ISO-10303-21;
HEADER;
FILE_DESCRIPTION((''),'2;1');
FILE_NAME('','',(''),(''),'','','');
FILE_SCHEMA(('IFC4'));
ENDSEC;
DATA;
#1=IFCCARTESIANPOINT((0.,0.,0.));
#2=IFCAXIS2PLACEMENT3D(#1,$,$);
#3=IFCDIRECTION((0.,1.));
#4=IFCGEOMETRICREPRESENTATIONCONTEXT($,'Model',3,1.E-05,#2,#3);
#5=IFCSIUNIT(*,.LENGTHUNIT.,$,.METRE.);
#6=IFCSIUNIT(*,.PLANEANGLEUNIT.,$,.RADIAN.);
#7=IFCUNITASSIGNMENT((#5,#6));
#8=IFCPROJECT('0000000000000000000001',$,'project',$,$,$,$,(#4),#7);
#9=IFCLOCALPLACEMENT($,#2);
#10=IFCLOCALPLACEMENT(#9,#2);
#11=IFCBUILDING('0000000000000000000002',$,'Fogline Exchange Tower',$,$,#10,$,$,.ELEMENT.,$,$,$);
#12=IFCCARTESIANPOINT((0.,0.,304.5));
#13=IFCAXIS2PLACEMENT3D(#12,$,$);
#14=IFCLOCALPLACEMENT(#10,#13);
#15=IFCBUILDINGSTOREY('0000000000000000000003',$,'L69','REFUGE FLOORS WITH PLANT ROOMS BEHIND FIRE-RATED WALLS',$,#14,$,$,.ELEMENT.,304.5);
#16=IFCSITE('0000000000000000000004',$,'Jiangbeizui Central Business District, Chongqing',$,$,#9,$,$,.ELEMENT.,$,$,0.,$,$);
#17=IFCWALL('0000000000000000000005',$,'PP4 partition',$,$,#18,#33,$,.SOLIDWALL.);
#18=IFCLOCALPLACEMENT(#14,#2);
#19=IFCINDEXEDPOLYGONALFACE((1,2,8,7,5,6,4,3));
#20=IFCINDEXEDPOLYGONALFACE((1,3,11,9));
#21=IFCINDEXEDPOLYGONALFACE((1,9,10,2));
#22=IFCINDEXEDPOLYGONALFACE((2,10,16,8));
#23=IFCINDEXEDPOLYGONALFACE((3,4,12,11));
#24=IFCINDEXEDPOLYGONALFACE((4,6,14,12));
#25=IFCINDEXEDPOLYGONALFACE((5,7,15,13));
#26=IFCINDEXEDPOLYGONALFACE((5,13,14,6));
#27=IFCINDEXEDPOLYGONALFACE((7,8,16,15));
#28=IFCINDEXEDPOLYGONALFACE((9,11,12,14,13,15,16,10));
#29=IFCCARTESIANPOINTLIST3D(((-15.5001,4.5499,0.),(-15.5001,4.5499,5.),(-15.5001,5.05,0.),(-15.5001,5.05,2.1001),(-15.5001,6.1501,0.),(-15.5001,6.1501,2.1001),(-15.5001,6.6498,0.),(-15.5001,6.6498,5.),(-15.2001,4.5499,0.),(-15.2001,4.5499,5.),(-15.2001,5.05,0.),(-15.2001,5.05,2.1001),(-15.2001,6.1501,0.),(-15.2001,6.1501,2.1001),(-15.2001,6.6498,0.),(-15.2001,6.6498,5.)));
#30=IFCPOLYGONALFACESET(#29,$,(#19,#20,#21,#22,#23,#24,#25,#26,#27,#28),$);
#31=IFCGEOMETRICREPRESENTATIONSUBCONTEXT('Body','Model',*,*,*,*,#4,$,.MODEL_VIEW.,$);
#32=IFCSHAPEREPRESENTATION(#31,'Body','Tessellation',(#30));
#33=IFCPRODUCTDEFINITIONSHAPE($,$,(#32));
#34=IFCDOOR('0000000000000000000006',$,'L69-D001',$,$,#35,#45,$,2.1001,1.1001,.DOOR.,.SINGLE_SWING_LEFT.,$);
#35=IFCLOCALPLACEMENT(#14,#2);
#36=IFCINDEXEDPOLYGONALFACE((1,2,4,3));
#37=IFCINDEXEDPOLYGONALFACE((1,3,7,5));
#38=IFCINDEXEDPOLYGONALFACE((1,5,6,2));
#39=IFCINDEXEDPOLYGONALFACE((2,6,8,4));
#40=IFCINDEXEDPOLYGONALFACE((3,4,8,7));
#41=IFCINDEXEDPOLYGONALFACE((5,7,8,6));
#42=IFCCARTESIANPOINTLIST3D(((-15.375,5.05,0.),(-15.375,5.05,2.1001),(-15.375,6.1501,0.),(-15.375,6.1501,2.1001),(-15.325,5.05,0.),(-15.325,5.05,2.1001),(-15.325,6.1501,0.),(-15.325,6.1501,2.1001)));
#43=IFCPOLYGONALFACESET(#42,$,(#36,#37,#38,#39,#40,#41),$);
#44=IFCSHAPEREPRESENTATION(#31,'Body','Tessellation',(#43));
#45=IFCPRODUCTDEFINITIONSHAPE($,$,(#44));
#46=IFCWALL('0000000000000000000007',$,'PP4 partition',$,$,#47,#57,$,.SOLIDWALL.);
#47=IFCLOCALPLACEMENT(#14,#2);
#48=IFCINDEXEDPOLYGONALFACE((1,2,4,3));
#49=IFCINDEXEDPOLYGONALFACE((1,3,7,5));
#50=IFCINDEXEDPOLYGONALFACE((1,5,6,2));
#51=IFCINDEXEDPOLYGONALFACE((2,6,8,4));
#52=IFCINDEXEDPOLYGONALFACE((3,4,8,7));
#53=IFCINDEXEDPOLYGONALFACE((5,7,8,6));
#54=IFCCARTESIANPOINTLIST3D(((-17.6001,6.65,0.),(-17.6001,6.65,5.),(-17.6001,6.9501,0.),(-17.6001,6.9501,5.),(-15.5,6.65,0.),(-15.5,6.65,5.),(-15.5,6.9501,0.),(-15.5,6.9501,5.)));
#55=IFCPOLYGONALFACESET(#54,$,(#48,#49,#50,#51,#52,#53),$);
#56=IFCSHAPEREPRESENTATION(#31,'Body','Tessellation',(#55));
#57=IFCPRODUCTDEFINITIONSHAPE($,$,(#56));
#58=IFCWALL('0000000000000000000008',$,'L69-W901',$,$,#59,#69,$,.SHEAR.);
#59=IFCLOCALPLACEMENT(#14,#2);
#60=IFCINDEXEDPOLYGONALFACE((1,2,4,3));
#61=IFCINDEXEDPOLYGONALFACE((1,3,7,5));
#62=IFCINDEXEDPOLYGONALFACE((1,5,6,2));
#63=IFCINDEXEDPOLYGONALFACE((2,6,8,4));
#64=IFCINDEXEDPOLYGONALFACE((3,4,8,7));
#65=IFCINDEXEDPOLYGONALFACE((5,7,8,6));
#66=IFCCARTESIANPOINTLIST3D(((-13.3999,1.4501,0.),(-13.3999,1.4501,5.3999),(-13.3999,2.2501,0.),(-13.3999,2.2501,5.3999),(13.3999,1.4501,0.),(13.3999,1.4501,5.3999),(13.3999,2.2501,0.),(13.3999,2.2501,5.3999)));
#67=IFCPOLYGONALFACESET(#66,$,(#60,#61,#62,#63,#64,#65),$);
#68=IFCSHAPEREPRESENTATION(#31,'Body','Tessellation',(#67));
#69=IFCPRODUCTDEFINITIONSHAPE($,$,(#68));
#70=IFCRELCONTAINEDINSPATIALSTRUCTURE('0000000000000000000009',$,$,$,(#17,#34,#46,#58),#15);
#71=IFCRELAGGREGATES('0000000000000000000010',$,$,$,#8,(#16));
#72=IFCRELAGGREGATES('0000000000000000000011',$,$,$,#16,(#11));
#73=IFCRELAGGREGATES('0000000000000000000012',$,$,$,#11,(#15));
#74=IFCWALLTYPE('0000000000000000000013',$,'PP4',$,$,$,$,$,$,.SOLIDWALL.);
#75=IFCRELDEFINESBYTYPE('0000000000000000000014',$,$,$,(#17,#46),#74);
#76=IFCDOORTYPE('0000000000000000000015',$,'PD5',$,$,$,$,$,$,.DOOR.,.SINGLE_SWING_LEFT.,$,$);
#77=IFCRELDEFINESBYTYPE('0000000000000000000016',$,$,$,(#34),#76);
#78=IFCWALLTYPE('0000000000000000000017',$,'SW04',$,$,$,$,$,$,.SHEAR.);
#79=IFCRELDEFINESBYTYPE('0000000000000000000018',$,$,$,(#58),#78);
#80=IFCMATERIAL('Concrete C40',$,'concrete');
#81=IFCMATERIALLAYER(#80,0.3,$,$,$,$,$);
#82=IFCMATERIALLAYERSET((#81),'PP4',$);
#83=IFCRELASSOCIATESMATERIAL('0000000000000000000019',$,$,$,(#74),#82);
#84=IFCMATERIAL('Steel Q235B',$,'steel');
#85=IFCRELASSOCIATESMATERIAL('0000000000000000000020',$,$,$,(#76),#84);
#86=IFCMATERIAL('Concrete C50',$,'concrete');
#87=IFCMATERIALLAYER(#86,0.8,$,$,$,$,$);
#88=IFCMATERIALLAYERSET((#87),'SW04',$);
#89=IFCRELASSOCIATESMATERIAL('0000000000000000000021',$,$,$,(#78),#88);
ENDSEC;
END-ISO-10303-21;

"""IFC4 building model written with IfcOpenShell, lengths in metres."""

from ifc_helpers import new_model, si_unit, direction, frame, frame_2d, origin, place, context, subcontext, project, spatial, rectangle, extrude, material, layer, layer_set, type_object, element, fill, save


model = new_model("IFC4")

# Units and contexts
model_context = context("Model", 3, precision=1e-05, world=origin(), true_north=direction((0.0, 1.0)))
body_context = subcontext(model_context, "Body", "Model", "MODEL_VIEW")
ifc_project = project(units=[si_unit("LENGTHUNIT", "METRE"), si_unit("PLANEANGLEUNIT", "RADIAN")], contexts=[model_context])

# Site, building, storey
site_placement = place(None, origin())
site = spatial("IfcSite", under=ifc_project, at=site_placement, Name="Jiangbeizui Central Business District, Chongqing", CompositionType="ELEMENT", RefElevation=0.0)
building_placement = place(site_placement, origin())
building = spatial("IfcBuilding", under=site, at=building_placement, Name="Fogline Exchange Tower", CompositionType="ELEMENT")
storey_placement = place(building_placement, frame((0.0, 0.0, 304.5)))
storey = spatial("IfcBuildingStorey", under=building, at=storey_placement, Name="L69", Description="REFUGE FLOORS WITH PLANT ROOMS BEHIND FIRE-RATED WALLS", CompositionType="ELEMENT", Elevation=304.5)

# Shared definitions
ifc_material_1 = material(Name="Concrete C40", Category="concrete")

# Shared definitions
ifc_layer_1 = layer(ifc_material_1, 0.3)
ifc_layer_set_1 = layer_set([ifc_layer_1], Name="PP4")
wall_type_1 = type_object("IfcWallType", Name="PP4", PredefinedType="SOLIDWALL", material=ifc_layer_set_1)
ifc_material_2 = material(Name="Steel Q235B", Category="steel")

# Wall, opening, door
wall_1_placement = place(storey_placement, frame((-15.3501, 4.55, 0.0), z_axis=(0.0, 0.0, 1.0), x_axis=(0.0, 1.0, 0.0)))
wall_1 = element("IfcWall", 1, at=wall_1_placement, inside=storey, type_object=wall_type_1, Name="PP4 partition", PredefinedType="SOLIDWALL", context=body_context, shape_type="SweptSolid", body=[
    extrude(rectangle(XDim=2.0999, YDim=0.3, at=frame_2d((1.0498, 0.0))), origin(), (0.0, 0.0, 1.0), 5.0),
])
opening_1_placement = place(wall_1_placement, frame((0.5, 0.0, 0.0)))
opening_1 = element("IfcOpeningElement", 2, at=opening_1_placement, cuts=wall_1, PredefinedType="OPENING", context=body_context, shape_type="SweptSolid", body=[
    extrude(rectangle(XDim=1.1001, YDim=2.1001, at=frame_2d((0.55, 1.05))), frame((0.0, 0.1602, 0.0), z_axis=(0.0, -1.0, 0.0), x_axis=(1.0, 0.0, 0.0)), (0.0, 0.0, 1.0), 0.3201),
])
door_type_1 = type_object("IfcDoorType", Name="PD5", OperationType="SINGLE_SWING_LEFT", PredefinedType="DOOR", material=ifc_material_2)
door_1_placement = place(opening_1_placement, origin())
door_1 = element("IfcDoor", 3, at=door_1_placement, inside=storey, type_object=door_type_1, Name="L69-D001", OperationType="SINGLE_SWING_LEFT", OverallHeight=2.1001, OverallWidth=1.1001, PredefinedType="DOOR", context=body_context, shape_type="SweptSolid", body=[
    extrude(rectangle(XDim=1.1001, YDim=2.1001, at=frame_2d((0.55, 1.05))), frame((0.0, 0.0249, 0.0), z_axis=(0.0, -1.0, 0.0), x_axis=(1.0, 0.0, 0.0)), (0.0, 0.0, 1.0), 0.05),
])
fill(opening_1, door_1)

# Walls
wall_2_placement = place(storey_placement, frame((-17.6001, 6.8, 0.0), z_axis=(0.0, 0.0, 1.0), x_axis=(1.0, 0.0, 0.0)))
element("IfcWall", 4, at=wall_2_placement, inside=storey, type_object=wall_type_1, Name="PP4 partition", PredefinedType="SOLIDWALL", context=body_context, shape_type="SweptSolid", body=[
    extrude(rectangle(XDim=2.1001, YDim=0.3, at=frame_2d((1.05, 0.0))), origin(), (0.0, 0.0, 1.0), 5.0),
])
ifc_material_3 = material(Name="Concrete C50", Category="concrete")
ifc_layer_2 = layer(ifc_material_3, 0.8)
ifc_layer_set_2 = layer_set([ifc_layer_2], Name="SW04")
wall_type_2 = type_object("IfcWallType", Name="SW04", PredefinedType="SHEAR", material=ifc_layer_set_2)
wall_3_placement = place(storey_placement, frame((-13.3999, 1.8501, 0.0), z_axis=(0.0, 0.0, 1.0), x_axis=(1.0, 0.0, 0.0)))
element("IfcWall", 5, at=wall_3_placement, inside=storey, type_object=wall_type_2, Name="L69-W901", PredefinedType="SHEAR", context=body_context, shape_type="SweptSolid", body=[
    extrude(rectangle(XDim=26.7998, YDim=0.8, at=frame_2d((13.3999, 0.0))), origin(), (0.0, 0.0, 1.0), 5.3999),
])

save(model, "model.ifc")
